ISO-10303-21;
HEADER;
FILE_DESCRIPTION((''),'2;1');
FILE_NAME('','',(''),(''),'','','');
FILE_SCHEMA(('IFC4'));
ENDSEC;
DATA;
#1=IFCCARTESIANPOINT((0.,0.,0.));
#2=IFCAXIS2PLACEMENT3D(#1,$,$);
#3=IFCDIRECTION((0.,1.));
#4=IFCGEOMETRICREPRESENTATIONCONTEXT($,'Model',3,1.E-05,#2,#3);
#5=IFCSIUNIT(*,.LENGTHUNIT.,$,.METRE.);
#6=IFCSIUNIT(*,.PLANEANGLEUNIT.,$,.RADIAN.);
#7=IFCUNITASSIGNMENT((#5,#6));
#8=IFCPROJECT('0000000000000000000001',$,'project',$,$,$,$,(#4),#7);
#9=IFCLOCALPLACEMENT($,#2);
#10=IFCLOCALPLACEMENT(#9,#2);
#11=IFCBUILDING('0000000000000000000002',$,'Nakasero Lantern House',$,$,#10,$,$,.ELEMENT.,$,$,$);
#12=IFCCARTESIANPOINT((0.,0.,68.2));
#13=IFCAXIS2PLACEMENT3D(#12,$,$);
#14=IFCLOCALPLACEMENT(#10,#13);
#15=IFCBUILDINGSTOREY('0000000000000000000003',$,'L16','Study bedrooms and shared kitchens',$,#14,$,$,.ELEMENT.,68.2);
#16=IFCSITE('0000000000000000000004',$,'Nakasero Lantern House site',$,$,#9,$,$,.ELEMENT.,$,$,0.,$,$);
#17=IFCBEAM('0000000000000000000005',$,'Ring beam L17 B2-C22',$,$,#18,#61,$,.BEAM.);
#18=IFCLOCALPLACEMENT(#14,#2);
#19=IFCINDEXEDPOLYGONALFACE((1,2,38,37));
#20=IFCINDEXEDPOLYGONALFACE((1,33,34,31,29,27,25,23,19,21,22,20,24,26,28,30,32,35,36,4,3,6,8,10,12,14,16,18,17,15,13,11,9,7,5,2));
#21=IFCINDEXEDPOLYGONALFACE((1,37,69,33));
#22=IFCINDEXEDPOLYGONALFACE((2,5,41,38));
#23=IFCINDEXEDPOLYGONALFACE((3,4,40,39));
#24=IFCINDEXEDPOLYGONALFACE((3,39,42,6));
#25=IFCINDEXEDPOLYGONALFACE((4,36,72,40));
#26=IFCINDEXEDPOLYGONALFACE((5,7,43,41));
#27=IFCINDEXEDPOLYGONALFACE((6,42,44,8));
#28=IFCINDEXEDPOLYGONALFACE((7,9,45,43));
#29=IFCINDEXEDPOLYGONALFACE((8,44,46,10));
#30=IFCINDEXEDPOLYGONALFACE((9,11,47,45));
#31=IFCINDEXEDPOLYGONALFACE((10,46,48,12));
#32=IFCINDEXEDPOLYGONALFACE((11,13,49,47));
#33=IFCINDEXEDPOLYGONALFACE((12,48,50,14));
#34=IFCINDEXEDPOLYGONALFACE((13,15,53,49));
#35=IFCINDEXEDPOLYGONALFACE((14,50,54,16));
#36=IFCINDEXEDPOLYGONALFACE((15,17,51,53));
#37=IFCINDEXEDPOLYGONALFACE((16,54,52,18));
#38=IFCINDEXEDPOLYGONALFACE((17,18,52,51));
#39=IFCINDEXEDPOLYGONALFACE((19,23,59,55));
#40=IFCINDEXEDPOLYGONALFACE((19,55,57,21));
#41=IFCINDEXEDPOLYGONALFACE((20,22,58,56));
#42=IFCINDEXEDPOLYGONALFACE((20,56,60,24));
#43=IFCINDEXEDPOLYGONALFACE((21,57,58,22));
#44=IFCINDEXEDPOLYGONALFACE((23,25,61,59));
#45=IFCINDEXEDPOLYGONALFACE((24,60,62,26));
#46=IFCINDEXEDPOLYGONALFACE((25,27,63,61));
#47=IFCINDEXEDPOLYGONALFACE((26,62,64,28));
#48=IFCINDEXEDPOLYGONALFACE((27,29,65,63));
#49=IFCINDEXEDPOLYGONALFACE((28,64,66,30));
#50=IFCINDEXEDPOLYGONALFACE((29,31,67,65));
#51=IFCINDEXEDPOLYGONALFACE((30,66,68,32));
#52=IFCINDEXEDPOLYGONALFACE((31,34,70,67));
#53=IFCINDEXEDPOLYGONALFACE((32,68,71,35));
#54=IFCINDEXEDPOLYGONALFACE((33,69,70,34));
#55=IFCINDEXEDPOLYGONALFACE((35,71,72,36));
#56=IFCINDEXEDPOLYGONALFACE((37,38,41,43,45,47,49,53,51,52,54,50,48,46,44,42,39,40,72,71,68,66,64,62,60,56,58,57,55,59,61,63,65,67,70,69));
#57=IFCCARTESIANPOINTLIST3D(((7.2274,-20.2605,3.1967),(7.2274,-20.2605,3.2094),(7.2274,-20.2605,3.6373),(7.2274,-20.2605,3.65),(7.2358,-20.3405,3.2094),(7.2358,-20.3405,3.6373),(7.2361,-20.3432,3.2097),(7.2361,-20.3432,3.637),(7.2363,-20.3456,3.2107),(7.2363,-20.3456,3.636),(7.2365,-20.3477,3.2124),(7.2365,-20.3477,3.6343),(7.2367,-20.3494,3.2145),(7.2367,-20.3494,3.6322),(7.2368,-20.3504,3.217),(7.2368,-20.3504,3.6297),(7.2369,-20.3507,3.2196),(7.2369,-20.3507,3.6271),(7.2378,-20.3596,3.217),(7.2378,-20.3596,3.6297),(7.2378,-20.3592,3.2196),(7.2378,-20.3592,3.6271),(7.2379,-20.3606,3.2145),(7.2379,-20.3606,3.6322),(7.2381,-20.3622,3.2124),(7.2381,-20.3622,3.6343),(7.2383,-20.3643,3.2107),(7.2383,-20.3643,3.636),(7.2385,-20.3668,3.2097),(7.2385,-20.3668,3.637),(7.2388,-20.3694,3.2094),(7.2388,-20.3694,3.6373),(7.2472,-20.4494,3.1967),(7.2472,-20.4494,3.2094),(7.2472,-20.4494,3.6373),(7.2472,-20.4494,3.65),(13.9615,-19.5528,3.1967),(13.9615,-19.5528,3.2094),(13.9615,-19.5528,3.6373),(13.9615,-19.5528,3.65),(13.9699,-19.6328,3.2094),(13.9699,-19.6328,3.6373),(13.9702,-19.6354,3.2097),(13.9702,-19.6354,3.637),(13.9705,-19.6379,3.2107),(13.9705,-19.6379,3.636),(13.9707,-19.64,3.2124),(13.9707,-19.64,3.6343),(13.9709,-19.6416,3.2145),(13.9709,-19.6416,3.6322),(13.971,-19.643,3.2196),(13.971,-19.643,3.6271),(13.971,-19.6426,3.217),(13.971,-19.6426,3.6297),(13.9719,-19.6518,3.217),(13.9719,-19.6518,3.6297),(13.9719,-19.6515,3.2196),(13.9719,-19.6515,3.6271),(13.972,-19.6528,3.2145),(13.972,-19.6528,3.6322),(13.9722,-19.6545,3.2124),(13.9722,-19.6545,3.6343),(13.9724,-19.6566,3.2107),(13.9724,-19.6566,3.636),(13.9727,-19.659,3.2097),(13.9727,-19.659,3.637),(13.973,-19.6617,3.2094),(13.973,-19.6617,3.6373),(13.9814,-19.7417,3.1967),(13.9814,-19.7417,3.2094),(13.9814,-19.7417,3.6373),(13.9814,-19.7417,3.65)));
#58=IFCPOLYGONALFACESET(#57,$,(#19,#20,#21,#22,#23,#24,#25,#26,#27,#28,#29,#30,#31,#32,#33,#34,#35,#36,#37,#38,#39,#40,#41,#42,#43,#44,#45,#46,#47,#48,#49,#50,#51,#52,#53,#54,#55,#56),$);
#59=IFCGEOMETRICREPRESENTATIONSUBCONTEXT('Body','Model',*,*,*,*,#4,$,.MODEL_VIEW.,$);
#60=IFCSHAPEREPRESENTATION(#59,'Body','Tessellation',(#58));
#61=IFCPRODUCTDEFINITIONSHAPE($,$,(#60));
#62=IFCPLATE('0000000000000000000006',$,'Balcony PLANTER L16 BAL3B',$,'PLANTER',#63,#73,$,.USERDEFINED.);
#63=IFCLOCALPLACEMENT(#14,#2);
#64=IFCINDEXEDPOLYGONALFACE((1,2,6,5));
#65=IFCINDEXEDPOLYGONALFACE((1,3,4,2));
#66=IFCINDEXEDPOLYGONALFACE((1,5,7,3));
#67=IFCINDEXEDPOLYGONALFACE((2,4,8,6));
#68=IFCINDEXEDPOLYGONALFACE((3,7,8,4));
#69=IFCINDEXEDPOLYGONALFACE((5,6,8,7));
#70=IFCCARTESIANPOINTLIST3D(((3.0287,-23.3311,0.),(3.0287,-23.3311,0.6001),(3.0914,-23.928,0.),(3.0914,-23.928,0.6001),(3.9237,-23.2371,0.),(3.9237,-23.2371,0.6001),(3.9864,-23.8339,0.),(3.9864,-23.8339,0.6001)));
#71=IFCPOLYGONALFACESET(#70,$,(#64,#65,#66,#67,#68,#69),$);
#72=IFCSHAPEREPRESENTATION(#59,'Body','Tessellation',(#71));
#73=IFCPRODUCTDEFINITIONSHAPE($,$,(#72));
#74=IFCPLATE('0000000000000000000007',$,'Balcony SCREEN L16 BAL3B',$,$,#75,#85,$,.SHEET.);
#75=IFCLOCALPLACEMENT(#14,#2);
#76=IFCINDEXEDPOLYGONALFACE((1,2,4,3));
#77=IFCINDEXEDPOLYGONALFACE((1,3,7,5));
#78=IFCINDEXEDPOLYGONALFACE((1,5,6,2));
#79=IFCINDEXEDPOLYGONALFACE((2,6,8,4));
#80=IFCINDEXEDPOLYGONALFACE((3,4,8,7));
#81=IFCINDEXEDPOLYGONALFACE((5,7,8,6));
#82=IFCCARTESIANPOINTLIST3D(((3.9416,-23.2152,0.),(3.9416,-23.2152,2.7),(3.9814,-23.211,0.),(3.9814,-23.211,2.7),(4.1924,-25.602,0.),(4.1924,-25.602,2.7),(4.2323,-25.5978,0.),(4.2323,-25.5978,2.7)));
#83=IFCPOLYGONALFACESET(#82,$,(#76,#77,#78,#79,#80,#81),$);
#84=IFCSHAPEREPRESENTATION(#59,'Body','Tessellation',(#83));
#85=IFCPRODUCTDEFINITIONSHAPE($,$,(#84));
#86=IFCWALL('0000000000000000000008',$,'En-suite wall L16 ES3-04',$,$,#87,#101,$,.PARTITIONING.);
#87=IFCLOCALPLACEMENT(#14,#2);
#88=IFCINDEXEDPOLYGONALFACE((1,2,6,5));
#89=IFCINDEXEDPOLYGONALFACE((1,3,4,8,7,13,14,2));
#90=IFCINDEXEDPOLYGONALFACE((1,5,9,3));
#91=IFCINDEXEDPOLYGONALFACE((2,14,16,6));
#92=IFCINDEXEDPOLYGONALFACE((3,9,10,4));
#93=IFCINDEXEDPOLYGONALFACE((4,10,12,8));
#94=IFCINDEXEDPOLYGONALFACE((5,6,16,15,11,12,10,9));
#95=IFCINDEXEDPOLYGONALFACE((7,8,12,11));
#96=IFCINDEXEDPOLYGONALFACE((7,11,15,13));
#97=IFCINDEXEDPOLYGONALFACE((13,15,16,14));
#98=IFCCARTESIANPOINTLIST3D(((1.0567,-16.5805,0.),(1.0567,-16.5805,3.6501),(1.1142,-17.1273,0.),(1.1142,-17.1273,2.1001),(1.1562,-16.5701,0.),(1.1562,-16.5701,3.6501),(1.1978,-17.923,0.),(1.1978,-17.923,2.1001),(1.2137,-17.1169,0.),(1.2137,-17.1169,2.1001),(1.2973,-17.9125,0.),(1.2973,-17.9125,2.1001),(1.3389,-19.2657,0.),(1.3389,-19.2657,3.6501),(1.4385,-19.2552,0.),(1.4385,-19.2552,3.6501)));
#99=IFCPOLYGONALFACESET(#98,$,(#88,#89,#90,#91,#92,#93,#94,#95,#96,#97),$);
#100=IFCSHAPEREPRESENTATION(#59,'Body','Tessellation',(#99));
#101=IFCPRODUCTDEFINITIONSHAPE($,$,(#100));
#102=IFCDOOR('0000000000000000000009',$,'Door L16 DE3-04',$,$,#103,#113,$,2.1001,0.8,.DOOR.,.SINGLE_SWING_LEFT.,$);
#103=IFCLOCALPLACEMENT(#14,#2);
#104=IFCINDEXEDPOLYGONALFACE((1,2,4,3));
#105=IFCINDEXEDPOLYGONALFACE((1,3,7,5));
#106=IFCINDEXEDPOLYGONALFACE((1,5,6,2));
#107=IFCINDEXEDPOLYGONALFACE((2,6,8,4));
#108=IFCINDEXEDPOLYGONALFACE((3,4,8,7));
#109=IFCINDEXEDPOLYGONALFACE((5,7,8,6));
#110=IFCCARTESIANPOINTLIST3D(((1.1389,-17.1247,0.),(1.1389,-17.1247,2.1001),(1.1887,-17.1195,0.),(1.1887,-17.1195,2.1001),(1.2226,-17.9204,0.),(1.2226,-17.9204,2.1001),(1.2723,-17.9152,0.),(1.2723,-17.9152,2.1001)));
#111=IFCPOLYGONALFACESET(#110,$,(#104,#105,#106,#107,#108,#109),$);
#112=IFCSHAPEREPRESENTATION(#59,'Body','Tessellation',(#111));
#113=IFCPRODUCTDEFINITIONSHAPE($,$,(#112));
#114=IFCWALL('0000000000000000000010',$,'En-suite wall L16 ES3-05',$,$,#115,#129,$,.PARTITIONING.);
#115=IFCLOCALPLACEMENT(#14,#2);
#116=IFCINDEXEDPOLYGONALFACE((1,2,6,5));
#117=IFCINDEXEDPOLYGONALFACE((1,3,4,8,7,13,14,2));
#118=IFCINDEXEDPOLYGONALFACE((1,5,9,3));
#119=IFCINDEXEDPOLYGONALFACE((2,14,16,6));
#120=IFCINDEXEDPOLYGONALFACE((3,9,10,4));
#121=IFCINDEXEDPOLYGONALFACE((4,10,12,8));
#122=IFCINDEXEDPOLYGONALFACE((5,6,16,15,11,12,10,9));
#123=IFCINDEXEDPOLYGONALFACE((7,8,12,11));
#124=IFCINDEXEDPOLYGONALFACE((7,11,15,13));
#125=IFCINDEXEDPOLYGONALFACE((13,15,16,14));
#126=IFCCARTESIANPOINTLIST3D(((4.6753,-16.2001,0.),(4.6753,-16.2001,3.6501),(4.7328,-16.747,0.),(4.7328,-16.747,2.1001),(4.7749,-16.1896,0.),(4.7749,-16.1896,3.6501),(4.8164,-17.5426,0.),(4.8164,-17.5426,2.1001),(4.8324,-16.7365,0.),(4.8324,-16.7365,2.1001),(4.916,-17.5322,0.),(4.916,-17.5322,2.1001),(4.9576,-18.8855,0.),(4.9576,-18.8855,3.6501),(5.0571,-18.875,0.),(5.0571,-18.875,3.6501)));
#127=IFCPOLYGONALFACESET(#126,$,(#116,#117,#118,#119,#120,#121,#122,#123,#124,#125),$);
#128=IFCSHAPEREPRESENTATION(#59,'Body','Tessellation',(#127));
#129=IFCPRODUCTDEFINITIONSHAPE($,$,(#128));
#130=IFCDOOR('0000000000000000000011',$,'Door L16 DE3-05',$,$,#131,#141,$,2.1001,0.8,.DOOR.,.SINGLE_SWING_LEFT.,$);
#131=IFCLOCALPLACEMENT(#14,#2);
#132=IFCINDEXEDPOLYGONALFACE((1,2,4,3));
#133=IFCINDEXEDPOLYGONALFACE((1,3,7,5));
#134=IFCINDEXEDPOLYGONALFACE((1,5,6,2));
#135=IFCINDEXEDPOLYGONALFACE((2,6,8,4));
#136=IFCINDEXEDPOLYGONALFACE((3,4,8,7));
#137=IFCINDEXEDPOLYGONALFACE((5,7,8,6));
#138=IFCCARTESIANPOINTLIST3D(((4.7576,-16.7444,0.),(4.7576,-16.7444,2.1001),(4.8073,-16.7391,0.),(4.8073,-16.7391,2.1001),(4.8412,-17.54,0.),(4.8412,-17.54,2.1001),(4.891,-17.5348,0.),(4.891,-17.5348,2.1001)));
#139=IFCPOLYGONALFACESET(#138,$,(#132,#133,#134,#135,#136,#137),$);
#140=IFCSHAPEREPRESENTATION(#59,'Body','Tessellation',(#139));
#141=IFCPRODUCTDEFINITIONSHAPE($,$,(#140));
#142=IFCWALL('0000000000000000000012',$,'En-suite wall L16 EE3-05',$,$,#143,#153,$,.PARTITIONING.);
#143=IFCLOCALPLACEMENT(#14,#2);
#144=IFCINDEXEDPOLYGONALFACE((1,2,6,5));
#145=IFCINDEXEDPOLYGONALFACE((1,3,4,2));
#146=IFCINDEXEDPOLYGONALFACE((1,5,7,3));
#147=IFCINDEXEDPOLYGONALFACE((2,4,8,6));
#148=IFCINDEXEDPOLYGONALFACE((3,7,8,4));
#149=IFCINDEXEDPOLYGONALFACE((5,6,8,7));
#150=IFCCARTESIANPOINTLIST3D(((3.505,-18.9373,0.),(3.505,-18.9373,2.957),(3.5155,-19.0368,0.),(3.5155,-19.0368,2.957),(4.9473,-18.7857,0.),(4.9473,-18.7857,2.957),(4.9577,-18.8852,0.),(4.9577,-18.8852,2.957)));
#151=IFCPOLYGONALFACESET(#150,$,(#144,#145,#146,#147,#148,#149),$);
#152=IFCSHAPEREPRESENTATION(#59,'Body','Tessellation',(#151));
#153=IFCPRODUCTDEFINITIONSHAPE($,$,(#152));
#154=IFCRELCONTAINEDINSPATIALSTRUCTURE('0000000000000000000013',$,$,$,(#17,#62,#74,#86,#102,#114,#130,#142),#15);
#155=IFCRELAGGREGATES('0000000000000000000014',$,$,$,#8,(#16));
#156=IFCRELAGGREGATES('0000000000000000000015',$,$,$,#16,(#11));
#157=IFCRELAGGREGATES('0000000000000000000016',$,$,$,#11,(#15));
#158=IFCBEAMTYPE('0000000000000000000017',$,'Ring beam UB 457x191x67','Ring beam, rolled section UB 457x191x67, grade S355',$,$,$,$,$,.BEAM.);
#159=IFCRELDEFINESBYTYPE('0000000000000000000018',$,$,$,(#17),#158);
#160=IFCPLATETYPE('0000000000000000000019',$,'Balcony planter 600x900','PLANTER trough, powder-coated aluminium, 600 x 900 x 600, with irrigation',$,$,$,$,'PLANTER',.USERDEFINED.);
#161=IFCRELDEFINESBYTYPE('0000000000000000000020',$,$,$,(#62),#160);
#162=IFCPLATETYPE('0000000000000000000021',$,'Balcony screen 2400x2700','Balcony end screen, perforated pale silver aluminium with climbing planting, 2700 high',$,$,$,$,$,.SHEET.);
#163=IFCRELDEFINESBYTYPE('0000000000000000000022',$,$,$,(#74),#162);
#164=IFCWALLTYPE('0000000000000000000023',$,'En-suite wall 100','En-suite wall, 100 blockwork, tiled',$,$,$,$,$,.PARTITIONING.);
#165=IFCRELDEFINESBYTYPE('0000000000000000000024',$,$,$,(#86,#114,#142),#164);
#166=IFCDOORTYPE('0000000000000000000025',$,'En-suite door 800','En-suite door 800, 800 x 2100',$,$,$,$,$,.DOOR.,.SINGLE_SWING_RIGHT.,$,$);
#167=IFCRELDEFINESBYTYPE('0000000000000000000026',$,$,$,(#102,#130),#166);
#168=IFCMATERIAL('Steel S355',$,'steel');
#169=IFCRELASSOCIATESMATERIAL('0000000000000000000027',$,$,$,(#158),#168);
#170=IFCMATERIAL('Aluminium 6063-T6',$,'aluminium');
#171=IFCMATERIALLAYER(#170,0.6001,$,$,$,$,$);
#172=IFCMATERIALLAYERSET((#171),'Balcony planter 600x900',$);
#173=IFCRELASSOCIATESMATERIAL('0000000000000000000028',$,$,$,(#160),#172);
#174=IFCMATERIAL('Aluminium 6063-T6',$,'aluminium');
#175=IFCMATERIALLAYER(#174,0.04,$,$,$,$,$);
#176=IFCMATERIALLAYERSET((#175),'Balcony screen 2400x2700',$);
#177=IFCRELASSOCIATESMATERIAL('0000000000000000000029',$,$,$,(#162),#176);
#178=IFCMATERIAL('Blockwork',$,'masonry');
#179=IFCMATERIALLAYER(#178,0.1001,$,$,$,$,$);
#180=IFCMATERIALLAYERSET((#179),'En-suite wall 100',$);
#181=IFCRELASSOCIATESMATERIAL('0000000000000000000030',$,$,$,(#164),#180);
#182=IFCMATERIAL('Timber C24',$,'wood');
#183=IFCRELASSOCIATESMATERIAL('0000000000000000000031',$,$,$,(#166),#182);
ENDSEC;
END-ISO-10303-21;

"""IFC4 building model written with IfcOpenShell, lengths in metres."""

from ifc_helpers import new_model, si_unit, direction, frame, frame_2d, origin, origin_2d, place, context, subcontext, project, spatial, rectangle, i_section, extrude, material, layer, layer_set, material_profile, profile_set, type_object, element, fill, save


model = new_model("IFC4")

# Units and contexts
model_context = context("Model", 3, precision=1e-05, world=origin(), true_north=direction((0.0, 1.0)))
body_context = subcontext(model_context, "Body", "Model", "MODEL_VIEW")
ifc_project = project(units=[si_unit("LENGTHUNIT", "METRE"), si_unit("PLANEANGLEUNIT", "RADIAN")], contexts=[model_context])

# Site, building, storey
site_placement = place(None, origin())
site = spatial("IfcSite", under=ifc_project, at=site_placement, Name="Nakasero Lantern House site", CompositionType="ELEMENT", RefElevation=0.0)
building_placement = place(site_placement, origin())
building = spatial("IfcBuilding", under=site, at=building_placement, Name="Nakasero Lantern House", CompositionType="ELEMENT")
storey_placement = place(building_placement, frame((0.0, 0.0, 68.2)))
storey = spatial("IfcBuildingStorey", under=building, at=storey_placement, Name="L16", Description="Study bedrooms and shared kitchens", CompositionType="ELEMENT", Elevation=68.2)

# Beam
ifc_material_1 = material(Name="Steel S355", Category="steel")
ifc_material_profile_1 = material_profile(ifc_material_1, i_section(OverallWidth=0.1899, OverallDepth=0.4534, WebThickness=0.0085, FlangeThickness=0.0127, FilletRadius=0.0103, at=origin_2d()), Name="UB 457x191x67")
ifc_profile_set_1 = profile_set([ifc_material_profile_1], Name="Steel S355")
beam_type_1 = type_object("IfcBeamType", Name="Ring beam UB 457x191x67", Description="Ring beam, rolled section UB 457x191x67, grade S355", PredefinedType="BEAM", material=ifc_profile_set_1)
beam_1_placement = place(storey_placement, frame((7.2373, -20.355, 3.4233), z_axis=(0.994522, 0.104525, 0.0), x_axis=(-0.104525, 0.994522, 0.0)))
element("IfcBeam", 1, at=beam_1_placement, inside=storey, type_object=beam_type_1, Name="Ring beam L17 B2-C22", PredefinedType="BEAM", context=body_context, shape_type="SweptSolid", body=[
    extrude(i_section(OverallWidth=0.1899, OverallDepth=0.4534, WebThickness=0.0085, FlangeThickness=0.0127, FilletRadius=0.0103, at=origin_2d()), origin(), (0.0, 0.0, 1.0), 6.7712),
])

# Plates
ifc_material_2 = material(Name="Aluminium 6063-T6", Category="aluminium")
ifc_layer_1 = layer(ifc_material_2, 0.6001)
ifc_layer_set_1 = layer_set([ifc_layer_1], Name="Balcony planter 600x900")
plate_type_1 = type_object("IfcPlateType", Name="Balcony planter 600x900", Description="PLANTER trough, powder-coated aluminium, 600 x 900 x 600, with irrigation", ElementType="PLANTER", PredefinedType="USERDEFINED", material=ifc_layer_set_1)
plate_1_placement = place(storey_placement, frame((3.5076, -23.5825, 0.0), z_axis=(0.0, 0.0, 1.0), x_axis=(0.104528, -0.994522, 0.0)))
element("IfcPlate", 2, at=plate_1_placement, inside=storey, type_object=plate_type_1, Name="Balcony PLANTER L16 BAL3B", ObjectType="PLANTER", PredefinedType="USERDEFINED", context=body_context, shape_type="SweptSolid", body=[
    extrude(rectangle(XDim=0.6001, YDim=0.8999, at=origin_2d()), origin(), (0.0, 0.0, 1.0), 0.6001),
])
ifc_material_3 = material(Name="Aluminium 6063-T6", Category="aluminium")
ifc_layer_2 = layer(ifc_material_3, 0.04)
ifc_layer_set_2 = layer_set([ifc_layer_2], Name="Balcony screen 2400x2700")
plate_type_2 = type_object("IfcPlateType", Name="Balcony screen 2400x2700", Description="Balcony end screen, perforated pale silver aluminium with climbing planting, 2700 high", PredefinedType="SHEET", material=ifc_layer_set_2)
plate_2_placement = place(storey_placement, frame((4.0869, -24.4065, 0.0), z_axis=(0.0, 0.0, 1.0), x_axis=(0.104528, -0.994522, 0.0)))
element("IfcPlate", 3, at=plate_2_placement, inside=storey, type_object=plate_type_2, Name="Balcony SCREEN L16 BAL3B", PredefinedType="SHEET", context=body_context, shape_type="SweptSolid", body=[
    extrude(rectangle(XDim=2.3999, YDim=0.04, at=origin_2d()), origin(), (0.0, 0.0, 1.0), 2.7),
])

# Walls, openings, doors
ifc_material_4 = material(Name="Blockwork", Category="masonry")
ifc_layer_3 = layer(ifc_material_4, 0.1001)
ifc_layer_set_3 = layer_set([ifc_layer_3], Name="En-suite wall 100")
wall_type_1 = type_object("IfcWallType", Name="En-suite wall 100", Description="En-suite wall, 100 blockwork, tiled", PredefinedType="PARTITIONING", material=ifc_layer_set_3)
wall_1_placement = place(storey_placement, frame((1.1064, -16.5752, 0.0), z_axis=(0.0, 0.0, 1.0), x_axis=(0.104534, -0.994521, 0.0)))
wall_1 = element("IfcWall", 4, at=wall_1_placement, inside=storey, type_object=wall_type_1, Name="En-suite wall L16 ES3-04", PredefinedType="PARTITIONING", context=body_context, shape_type="SweptSolid", body=[
    extrude(rectangle(XDim=2.7, YDim=0.1001, at=frame_2d((1.3501, 0.0))), origin(), (0.0, 0.0, 1.0), 3.6501),
])
opening_1_placement = place(wall_1_placement, frame((0.55, 0.0, 0.0)))
opening_1 = element("IfcOpeningElement", 5, at=opening_1_placement, cuts=wall_1, PredefinedType="OPENING", context=body_context, shape_type="SweptSolid", body=[
    extrude(rectangle(XDim=0.8, YDim=2.1001, at=frame_2d((0.3999, 1.05))), frame((0.0, 0.0701, 0.0), z_axis=(0.0, -1.0, 0.0), x_axis=(1.0, 0.0, 0.0)), (0.0, 0.0, 1.0), 0.1401),
])
ifc_material_5 = material(Name="Timber C24", Category="wood")
door_type_1 = type_object("IfcDoorType", Name="En-suite door 800", Description="En-suite door 800, 800 x 2100", OperationType="SINGLE_SWING_RIGHT", PredefinedType="DOOR", material=ifc_material_5)
door_1_placement = place(opening_1_placement, origin())
door_1 = element("IfcDoor", 6, at=door_1_placement, inside=storey, type_object=door_type_1, Name="Door L16 DE3-04", OperationType="SINGLE_SWING_LEFT", OverallHeight=2.1001, OverallWidth=0.8, PredefinedType="DOOR", context=body_context, shape_type="SweptSolid", body=[
    extrude(rectangle(XDim=0.8, YDim=2.1001, at=frame_2d((0.3999, 1.05))), frame((0.0, 0.0249, 0.0), z_axis=(0.0, -1.0, 0.0), x_axis=(1.0, 0.0, 0.0)), (0.0, 0.0, 1.0), 0.05),
])
fill(opening_1, door_1)
wall_2_placement = place(storey_placement, frame((4.7251, -16.1948, 0.0), z_axis=(0.0, 0.0, 1.0), x_axis=(0.104525, -0.994522, 0.0)))
wall_2 = element("IfcWall", 7, at=wall_2_placement, inside=storey, type_object=wall_type_1, Name="En-suite wall L16 ES3-05", PredefinedType="PARTITIONING", context=body_context, shape_type="SweptSolid", body=[
    extrude(rectangle(XDim=2.7002, YDim=0.1001, at=frame_2d((1.3501, 0.0))), origin(), (0.0, 0.0, 1.0), 3.6501),
])
opening_2_placement = place(wall_2_placement, frame((0.55, 0.0, 0.0)))
opening_2 = element("IfcOpeningElement", 8, at=opening_2_placement, cuts=wall_2, PredefinedType="OPENING", context=body_context, shape_type="SweptSolid", body=[
    extrude(rectangle(XDim=0.8, YDim=2.1001, at=frame_2d((0.3999, 1.05))), frame((0.0, 0.0701, 0.0), z_axis=(0.0, -1.0, 0.0), x_axis=(1.0, 0.0, 0.0)), (0.0, 0.0, 1.0), 0.1401),
])
door_2_placement = place(opening_2_placement, origin())
door_2 = element("IfcDoor", 9, at=door_2_placement, inside=storey, type_object=door_type_1, Name="Door L16 DE3-05", OperationType="SINGLE_SWING_LEFT", OverallHeight=2.1001, OverallWidth=0.8, PredefinedType="DOOR", context=body_context, shape_type="SweptSolid", body=[
    extrude(rectangle(XDim=0.8, YDim=2.1001, at=frame_2d((0.3999, 1.05))), frame((0.0, 0.0249, 0.0), z_axis=(0.0, -1.0, 0.0), x_axis=(1.0, 0.0, 0.0)), (0.0, 0.0, 1.0), 0.05),
])
fill(opening_2, door_2)

# Wall
wall_3_placement = place(storey_placement, frame((3.5103, -18.9871, 0.0), z_axis=(0.0, 0.0, 1.0), x_axis=(0.994519, 0.104553, 0.0)))
element("IfcWall", 10, at=wall_3_placement, inside=storey, type_object=wall_type_1, Name="En-suite wall L16 EE3-05", PredefinedType="PARTITIONING", context=body_context, shape_type="SweptSolid", body=[
    extrude(rectangle(XDim=1.4502, YDim=0.1001, at=frame_2d((0.7251, 0.0))), origin(), (0.0, 0.0, 1.0), 2.957),
])

save(model, "model.ifc")
